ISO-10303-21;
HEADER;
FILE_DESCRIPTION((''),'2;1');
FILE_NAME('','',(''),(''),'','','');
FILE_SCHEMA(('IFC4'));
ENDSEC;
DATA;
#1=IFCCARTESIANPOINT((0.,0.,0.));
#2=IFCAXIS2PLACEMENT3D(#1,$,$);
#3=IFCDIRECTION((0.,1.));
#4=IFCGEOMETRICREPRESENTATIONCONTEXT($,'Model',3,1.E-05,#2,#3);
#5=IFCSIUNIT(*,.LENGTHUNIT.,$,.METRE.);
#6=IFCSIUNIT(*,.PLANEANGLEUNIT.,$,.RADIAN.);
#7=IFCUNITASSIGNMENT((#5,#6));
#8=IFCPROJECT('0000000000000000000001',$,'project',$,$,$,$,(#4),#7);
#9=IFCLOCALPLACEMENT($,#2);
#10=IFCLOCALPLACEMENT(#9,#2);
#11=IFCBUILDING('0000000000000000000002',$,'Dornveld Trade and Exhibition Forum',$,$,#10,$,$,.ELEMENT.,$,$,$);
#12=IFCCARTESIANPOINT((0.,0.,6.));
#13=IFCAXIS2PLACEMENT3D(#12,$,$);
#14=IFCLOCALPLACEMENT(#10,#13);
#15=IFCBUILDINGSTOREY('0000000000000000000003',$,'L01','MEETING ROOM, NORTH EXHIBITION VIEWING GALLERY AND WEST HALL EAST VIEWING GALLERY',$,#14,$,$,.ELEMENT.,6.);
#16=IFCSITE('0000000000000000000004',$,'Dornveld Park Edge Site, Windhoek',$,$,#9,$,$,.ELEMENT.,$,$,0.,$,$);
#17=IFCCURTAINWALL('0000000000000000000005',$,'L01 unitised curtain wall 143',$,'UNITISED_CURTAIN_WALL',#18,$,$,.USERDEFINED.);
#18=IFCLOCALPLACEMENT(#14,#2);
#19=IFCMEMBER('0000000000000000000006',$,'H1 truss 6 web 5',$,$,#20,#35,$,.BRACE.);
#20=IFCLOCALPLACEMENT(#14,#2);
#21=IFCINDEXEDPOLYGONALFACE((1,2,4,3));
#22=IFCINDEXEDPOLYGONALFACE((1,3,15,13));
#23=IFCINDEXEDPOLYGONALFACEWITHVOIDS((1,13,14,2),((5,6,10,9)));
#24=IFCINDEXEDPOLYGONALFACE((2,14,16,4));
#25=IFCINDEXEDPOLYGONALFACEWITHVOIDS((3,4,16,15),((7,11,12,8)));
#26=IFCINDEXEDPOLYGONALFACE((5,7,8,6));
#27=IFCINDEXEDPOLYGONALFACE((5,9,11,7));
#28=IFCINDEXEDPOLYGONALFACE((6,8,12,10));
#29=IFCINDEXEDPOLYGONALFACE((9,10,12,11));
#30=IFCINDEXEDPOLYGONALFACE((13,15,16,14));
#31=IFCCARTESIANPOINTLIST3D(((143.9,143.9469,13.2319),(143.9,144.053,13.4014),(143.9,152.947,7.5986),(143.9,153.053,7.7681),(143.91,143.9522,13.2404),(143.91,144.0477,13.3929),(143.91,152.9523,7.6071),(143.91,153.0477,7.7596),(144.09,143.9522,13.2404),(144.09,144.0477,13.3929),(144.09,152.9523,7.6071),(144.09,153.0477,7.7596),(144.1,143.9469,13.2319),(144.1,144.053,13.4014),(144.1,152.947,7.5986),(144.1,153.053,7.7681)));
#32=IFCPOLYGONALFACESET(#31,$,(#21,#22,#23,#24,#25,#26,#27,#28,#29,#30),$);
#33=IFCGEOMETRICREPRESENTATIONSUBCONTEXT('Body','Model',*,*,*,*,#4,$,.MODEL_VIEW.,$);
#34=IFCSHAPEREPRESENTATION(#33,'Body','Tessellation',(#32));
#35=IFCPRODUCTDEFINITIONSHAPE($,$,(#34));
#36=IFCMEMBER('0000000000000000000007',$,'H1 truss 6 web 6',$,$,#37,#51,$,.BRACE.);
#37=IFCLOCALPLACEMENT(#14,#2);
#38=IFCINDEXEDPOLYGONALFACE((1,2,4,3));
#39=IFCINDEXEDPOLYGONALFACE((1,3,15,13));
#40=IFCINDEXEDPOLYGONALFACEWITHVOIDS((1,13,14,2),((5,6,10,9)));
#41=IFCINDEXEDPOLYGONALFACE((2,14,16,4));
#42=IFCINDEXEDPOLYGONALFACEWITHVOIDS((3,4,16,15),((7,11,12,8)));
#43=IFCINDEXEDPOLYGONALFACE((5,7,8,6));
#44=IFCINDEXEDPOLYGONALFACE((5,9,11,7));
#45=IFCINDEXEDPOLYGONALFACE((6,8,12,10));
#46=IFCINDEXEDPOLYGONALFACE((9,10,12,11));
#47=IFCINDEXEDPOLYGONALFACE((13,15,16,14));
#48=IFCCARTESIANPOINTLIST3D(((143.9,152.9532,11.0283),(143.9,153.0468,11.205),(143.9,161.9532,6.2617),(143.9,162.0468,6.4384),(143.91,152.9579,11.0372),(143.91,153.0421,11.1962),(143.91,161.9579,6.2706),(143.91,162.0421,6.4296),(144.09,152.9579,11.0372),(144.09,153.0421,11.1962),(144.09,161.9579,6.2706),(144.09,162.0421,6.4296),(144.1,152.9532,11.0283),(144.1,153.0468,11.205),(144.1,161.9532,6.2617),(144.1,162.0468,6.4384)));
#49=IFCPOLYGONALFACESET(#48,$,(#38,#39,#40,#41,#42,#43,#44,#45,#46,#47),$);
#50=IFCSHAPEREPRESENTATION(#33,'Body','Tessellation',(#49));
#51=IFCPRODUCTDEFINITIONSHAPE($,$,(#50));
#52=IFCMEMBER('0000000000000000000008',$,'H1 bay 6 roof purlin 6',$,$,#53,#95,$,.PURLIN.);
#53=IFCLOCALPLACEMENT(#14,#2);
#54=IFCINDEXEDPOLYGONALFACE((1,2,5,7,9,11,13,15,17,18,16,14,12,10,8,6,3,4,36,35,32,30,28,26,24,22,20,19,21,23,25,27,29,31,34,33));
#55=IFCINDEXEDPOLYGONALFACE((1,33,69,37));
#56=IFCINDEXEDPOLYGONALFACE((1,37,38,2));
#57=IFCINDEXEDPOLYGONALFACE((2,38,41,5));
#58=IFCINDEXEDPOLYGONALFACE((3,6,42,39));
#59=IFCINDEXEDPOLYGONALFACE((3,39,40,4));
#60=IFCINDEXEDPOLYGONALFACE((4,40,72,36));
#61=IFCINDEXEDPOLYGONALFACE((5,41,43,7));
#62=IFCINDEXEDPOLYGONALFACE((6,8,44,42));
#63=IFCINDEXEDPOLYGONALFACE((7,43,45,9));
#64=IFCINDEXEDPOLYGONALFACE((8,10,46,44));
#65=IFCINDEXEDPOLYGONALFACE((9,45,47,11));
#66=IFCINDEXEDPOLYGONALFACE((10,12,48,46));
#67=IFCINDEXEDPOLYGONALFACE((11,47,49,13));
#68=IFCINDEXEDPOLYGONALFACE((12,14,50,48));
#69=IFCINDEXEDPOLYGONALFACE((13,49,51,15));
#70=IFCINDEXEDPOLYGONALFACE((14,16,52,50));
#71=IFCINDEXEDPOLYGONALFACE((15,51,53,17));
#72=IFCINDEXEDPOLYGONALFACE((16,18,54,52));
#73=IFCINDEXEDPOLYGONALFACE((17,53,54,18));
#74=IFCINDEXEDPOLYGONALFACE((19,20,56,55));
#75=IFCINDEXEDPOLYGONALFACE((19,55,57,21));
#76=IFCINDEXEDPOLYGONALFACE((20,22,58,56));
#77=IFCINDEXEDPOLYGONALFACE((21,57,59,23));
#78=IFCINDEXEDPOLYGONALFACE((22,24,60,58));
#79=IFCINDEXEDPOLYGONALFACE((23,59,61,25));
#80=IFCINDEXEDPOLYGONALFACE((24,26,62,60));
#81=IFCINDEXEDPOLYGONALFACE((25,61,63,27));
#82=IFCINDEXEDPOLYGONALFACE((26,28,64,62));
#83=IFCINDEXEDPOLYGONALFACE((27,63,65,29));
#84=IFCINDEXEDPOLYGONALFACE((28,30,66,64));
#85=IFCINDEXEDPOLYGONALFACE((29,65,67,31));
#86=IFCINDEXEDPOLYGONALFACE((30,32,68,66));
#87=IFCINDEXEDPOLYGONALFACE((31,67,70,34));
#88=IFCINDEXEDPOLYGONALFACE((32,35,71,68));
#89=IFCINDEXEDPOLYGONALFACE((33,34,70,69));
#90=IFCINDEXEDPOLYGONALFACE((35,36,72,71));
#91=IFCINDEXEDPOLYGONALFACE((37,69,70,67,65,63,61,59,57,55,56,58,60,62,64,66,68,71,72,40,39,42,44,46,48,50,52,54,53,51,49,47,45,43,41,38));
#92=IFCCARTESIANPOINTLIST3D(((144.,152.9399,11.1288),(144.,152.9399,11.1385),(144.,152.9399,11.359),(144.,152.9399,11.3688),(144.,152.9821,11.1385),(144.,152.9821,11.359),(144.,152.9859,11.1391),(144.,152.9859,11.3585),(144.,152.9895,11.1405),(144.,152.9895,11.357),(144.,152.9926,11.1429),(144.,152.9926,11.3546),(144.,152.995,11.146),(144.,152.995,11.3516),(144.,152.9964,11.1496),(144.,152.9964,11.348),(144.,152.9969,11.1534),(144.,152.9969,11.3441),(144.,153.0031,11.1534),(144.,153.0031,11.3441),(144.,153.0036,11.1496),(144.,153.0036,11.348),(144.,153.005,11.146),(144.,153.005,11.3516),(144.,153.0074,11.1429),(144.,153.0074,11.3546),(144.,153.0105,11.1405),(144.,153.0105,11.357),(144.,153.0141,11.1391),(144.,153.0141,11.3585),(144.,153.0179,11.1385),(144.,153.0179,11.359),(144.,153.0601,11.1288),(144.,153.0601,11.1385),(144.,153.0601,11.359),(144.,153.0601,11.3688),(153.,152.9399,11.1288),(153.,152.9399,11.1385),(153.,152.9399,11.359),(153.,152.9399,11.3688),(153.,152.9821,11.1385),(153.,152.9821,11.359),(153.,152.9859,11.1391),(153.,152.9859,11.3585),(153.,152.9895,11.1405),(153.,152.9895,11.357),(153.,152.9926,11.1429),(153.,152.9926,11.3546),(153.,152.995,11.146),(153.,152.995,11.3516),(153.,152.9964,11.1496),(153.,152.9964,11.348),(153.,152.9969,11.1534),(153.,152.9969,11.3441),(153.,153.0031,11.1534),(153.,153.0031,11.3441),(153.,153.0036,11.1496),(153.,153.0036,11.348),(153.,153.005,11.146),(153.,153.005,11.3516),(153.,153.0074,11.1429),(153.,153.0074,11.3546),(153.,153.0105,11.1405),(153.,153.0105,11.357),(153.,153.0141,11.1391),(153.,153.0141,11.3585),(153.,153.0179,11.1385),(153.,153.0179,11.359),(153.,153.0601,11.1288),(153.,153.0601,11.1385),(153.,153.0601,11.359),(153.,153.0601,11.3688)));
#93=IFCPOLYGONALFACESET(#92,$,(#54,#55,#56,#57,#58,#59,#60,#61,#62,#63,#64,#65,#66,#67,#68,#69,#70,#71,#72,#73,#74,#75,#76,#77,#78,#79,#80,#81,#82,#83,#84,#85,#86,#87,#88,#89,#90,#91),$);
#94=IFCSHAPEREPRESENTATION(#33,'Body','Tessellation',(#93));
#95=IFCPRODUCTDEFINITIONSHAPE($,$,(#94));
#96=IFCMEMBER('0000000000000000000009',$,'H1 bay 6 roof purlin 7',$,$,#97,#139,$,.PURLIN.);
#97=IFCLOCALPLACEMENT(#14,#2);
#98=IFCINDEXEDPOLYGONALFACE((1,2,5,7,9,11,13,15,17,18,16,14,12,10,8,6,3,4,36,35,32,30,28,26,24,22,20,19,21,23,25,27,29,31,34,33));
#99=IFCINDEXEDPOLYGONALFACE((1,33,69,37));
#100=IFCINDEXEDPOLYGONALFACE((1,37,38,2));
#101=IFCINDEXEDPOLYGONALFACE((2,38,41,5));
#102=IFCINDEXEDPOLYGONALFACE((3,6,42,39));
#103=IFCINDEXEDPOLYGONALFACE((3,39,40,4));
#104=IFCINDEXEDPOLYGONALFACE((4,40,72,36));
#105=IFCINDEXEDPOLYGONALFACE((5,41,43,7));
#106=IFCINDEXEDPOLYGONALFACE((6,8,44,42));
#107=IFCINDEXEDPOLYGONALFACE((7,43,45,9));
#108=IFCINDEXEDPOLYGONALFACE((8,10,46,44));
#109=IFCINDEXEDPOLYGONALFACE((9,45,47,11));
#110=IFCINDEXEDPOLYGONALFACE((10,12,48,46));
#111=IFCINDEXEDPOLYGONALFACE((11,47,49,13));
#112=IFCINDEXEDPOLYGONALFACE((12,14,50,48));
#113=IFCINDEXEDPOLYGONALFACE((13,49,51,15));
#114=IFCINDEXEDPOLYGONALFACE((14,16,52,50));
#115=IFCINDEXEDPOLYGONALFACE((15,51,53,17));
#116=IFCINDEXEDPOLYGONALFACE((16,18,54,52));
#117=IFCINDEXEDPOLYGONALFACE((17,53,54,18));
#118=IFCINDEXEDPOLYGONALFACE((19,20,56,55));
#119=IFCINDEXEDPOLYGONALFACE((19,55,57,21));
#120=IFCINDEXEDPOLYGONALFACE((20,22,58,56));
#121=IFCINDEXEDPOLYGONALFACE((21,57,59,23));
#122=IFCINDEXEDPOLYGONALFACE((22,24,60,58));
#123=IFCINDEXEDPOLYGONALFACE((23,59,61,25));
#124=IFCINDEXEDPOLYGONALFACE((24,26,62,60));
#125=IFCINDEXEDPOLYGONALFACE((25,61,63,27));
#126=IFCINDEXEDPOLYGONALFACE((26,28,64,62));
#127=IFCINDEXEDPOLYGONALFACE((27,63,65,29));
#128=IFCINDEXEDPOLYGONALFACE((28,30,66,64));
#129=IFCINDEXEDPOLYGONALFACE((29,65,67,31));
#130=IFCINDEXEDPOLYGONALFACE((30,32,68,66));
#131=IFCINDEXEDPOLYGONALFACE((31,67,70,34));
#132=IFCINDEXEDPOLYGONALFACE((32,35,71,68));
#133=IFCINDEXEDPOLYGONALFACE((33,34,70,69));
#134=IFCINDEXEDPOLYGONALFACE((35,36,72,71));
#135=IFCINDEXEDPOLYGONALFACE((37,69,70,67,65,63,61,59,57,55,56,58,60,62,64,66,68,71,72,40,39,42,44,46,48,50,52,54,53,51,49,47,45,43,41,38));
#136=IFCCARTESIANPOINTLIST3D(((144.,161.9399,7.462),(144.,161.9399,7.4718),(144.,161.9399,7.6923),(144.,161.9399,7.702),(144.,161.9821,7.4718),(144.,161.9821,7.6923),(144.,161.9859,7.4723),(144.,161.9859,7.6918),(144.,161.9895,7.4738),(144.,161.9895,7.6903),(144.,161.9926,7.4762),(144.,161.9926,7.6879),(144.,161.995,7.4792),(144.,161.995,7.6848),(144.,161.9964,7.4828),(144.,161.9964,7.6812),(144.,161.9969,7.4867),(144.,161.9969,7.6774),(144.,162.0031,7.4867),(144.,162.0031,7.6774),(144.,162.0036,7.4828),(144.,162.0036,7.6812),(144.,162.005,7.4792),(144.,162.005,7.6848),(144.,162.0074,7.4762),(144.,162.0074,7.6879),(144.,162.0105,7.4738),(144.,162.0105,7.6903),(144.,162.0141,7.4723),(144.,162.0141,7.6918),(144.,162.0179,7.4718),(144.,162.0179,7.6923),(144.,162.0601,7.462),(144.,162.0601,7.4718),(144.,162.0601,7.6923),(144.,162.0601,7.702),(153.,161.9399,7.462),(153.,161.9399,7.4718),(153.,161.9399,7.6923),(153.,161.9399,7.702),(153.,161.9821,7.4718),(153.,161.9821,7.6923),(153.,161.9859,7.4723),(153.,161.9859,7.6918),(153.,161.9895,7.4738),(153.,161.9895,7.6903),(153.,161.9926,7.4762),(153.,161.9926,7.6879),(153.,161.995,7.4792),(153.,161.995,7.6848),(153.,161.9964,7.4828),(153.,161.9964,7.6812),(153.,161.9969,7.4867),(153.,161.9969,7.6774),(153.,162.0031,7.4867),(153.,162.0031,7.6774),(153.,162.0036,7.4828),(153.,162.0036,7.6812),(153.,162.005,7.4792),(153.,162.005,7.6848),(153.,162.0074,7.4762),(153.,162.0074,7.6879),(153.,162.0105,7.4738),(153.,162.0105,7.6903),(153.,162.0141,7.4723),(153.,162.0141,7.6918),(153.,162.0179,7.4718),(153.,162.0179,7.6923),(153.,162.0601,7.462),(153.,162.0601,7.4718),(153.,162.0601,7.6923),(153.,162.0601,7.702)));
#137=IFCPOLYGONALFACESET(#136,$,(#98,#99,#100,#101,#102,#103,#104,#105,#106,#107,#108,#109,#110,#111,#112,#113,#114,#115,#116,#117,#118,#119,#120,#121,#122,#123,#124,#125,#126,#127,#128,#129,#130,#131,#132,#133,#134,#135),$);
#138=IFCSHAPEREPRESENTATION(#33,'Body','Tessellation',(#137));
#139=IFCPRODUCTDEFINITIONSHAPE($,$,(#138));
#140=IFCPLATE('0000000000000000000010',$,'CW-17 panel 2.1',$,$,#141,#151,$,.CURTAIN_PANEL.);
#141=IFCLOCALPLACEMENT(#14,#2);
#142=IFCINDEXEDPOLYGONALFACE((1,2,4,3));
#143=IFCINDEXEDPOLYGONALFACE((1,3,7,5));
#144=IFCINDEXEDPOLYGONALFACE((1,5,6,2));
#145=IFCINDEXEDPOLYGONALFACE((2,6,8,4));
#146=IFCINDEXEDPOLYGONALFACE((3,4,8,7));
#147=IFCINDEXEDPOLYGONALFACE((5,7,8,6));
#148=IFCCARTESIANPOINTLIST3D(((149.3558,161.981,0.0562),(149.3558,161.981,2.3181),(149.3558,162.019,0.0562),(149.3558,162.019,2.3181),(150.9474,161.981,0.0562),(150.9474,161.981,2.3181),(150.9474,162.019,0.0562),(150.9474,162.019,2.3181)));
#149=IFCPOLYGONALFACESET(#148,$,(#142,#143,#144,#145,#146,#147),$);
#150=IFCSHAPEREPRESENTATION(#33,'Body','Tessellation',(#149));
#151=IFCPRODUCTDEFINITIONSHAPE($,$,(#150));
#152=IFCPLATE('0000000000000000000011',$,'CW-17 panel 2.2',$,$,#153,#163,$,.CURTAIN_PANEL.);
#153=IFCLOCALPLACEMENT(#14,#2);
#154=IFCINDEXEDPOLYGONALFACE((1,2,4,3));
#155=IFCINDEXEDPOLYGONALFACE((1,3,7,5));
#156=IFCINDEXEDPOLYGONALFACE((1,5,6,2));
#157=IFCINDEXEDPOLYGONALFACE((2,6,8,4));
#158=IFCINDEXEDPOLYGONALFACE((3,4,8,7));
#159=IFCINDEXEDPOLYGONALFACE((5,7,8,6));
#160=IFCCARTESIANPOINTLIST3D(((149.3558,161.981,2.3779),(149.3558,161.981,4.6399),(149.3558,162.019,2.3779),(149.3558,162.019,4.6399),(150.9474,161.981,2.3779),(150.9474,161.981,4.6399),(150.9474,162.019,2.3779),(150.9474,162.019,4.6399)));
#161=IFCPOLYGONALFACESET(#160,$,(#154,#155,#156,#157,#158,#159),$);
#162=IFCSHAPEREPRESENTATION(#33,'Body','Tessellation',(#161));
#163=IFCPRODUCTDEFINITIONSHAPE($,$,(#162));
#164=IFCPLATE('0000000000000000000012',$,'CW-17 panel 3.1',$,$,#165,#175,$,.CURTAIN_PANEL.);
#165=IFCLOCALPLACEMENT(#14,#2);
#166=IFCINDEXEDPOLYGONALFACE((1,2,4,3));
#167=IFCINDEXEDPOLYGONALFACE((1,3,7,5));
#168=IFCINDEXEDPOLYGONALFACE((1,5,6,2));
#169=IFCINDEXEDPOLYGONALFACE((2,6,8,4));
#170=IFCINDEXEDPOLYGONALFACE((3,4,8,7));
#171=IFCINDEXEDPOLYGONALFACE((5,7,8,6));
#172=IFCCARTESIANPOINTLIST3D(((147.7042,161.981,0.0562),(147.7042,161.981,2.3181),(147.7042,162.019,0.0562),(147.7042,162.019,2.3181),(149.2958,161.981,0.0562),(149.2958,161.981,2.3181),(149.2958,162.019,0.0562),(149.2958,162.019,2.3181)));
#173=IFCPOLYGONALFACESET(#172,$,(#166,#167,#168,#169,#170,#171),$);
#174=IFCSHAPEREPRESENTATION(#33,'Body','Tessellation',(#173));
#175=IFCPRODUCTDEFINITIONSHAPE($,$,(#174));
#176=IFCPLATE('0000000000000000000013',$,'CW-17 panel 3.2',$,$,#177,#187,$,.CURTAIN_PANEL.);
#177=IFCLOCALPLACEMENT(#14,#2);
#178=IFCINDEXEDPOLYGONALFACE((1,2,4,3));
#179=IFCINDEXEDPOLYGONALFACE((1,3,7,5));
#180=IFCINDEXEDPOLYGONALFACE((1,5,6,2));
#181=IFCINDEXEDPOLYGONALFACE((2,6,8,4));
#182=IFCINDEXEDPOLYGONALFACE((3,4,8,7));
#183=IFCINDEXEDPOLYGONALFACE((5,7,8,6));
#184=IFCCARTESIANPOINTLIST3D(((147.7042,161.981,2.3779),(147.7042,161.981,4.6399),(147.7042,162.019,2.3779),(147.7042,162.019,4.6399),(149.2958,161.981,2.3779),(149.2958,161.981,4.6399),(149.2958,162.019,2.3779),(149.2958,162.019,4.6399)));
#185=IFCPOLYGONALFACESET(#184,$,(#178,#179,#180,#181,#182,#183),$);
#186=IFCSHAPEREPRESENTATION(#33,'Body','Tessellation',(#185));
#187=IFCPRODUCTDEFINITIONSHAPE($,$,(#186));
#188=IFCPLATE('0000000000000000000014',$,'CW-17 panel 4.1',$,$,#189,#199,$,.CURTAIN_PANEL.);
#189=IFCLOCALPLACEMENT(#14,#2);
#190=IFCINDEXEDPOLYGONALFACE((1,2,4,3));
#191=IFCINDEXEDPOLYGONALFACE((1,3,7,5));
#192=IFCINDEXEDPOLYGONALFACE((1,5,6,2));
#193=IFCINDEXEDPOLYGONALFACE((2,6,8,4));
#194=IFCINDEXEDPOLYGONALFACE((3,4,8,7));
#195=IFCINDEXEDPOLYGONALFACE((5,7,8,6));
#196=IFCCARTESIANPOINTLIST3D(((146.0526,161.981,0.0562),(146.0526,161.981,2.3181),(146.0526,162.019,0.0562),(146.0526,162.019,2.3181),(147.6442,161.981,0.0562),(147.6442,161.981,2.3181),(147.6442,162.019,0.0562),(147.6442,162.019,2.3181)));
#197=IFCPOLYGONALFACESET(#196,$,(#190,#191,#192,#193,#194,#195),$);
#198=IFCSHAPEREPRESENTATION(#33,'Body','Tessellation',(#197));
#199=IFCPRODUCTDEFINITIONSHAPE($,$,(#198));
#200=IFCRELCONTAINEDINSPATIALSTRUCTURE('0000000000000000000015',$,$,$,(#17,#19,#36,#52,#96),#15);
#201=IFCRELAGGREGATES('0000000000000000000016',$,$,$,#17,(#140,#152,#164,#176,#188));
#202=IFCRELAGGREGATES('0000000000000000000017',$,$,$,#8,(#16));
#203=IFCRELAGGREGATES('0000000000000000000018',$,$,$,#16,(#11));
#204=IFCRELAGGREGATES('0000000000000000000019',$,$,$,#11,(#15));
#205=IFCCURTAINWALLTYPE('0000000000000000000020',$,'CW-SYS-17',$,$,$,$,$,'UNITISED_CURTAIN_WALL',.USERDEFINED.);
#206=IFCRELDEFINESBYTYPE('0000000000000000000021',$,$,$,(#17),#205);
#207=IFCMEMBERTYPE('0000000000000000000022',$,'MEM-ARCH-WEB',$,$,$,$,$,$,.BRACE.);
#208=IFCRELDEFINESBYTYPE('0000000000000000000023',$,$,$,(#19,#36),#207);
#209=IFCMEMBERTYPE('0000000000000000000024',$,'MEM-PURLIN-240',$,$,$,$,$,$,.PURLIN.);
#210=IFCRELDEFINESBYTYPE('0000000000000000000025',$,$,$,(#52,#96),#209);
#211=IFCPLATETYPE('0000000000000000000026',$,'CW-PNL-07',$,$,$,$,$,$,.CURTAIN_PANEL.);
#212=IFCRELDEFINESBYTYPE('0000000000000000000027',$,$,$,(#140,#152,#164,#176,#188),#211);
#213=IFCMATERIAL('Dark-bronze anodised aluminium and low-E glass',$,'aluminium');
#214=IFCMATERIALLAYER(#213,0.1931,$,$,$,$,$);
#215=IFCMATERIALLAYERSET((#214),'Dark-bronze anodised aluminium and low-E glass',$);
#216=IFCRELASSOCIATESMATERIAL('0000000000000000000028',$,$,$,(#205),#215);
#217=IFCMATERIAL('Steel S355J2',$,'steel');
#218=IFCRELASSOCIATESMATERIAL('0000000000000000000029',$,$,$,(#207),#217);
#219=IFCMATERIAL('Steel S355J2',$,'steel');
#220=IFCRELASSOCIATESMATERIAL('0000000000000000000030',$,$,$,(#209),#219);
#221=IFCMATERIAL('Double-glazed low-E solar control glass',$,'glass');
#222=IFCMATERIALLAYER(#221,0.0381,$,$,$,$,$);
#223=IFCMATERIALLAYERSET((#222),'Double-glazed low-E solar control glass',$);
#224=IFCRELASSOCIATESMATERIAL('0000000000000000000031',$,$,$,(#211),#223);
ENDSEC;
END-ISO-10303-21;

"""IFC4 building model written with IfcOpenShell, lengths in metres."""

from ifc_helpers import new_model, si_unit, direction, frame, origin, origin_2d, place, context, subcontext, project, spatial, rectangle, hollow_rectangle, i_section, extrude, material, layer, layer_set, material_profile, profile_set, type_object, element, aggregate, save


model = new_model("IFC4")

# Units and contexts
model_context = context("Model", 3, precision=1e-05, world=origin(), true_north=direction((0.0, 1.0)))
body_context = subcontext(model_context, "Body", "Model", "MODEL_VIEW")
ifc_project = project(units=[si_unit("LENGTHUNIT", "METRE"), si_unit("PLANEANGLEUNIT", "RADIAN")], contexts=[model_context])

# Site, building, storey
site_placement = place(None, origin())
site = spatial("IfcSite", under=ifc_project, at=site_placement, Name="Dornveld Park Edge Site, Windhoek", CompositionType="ELEMENT", RefElevation=0.0)
building_placement = place(site_placement, origin())
building = spatial("IfcBuilding", under=site, at=building_placement, Name="Dornveld Trade and Exhibition Forum", CompositionType="ELEMENT")
storey_placement = place(building_placement, frame((0.0, 0.0, 6.0)))
storey = spatial("IfcBuildingStorey", under=building, at=storey_placement, Name="L01", Description="MEETING ROOM, NORTH EXHIBITION VIEWING GALLERY AND WEST HALL EAST VIEWING GALLERY", CompositionType="ELEMENT", Elevation=6.0)

# Curtain wall
ifc_material_1 = material(Name="Dark-bronze anodised aluminium and low-E glass", Category="aluminium")
ifc_layer_1 = layer(ifc_material_1, 0.1931)
ifc_layer_set_1 = layer_set([ifc_layer_1], Name="Dark-bronze anodised aluminium and low-E glass")
curtain_wall_type = type_object("IfcCurtainWallType", Name="CW-SYS-17", ElementType="UNITISED_CURTAIN_WALL", PredefinedType="USERDEFINED", material=ifc_layer_set_1)
curtain_wall_placement = place(storey_placement, origin())
curtain_wall = element("IfcCurtainWall", 1, at=curtain_wall_placement, inside=storey, type_object=curtain_wall_type, Name="L01 unitised curtain wall 143", ObjectType="UNITISED_CURTAIN_WALL", PredefinedType="USERDEFINED")

# Members
ifc_material_2 = material(Name="Steel S355J2", Category="steel")
ifc_material_profile_1 = material_profile(ifc_material_2, hollow_rectangle(XDim=0.2, YDim=0.2, WallThickness=0.01, at=origin_2d()), Name="SHS 200x200x10")
ifc_profile_set_1 = profile_set([ifc_material_profile_1], Name="Steel S355J2")
member_type_1 = type_object("IfcMemberType", Name="MEM-ARCH-WEB", PredefinedType="BRACE", material=ifc_profile_set_1)
member_1_placement = place(storey_placement, frame((144.0, 153.0, 7.6833), z_axis=(0.0, -0.847647, 0.530561), x_axis=(1.0, 0.0, 0.0)))
element("IfcMember", 2, at=member_1_placement, inside=storey, type_object=member_type_1, Name="H1 truss 6 web 5", PredefinedType="BRACE", context=body_context, shape_type="SweptSolid", body=[
    extrude(hollow_rectangle(XDim=0.2, YDim=0.2, WallThickness=0.01, at=origin_2d()), origin(), (0.0, 0.0, 1.0), 10.6177),
])
member_2_placement = place(storey_placement, frame((144.0, 162.0, 6.3501), z_axis=(0.0, -0.883711, 0.468033), x_axis=(1.0, 0.0, 0.0)))
element("IfcMember", 3, at=member_2_placement, inside=storey, type_object=member_type_1, Name="H1 truss 6 web 6", PredefinedType="BRACE", context=body_context, shape_type="SweptSolid", body=[
    extrude(hollow_rectangle(XDim=0.2, YDim=0.2, WallThickness=0.01, at=origin_2d()), origin(), (0.0, 0.0, 1.0), 10.1843),
])
ifc_material_3 = material(Name="Steel S355J2", Category="steel")
ifc_material_profile_2 = material_profile(ifc_material_3, i_section(OverallWidth=0.1201, OverallDepth=0.24, WebThickness=0.0061, FlangeThickness=0.0098, FilletRadius=0.0149, at=origin_2d()), Name="IPE 240")
ifc_profile_set_2 = profile_set([ifc_material_profile_2], Name="Steel S355J2")
member_type_2 = type_object("IfcMemberType", Name="MEM-PURLIN-240", PredefinedType="PURLIN", material=ifc_profile_set_2)
for number, where, z_axis, x_axis, name in (
    (4, (144.0, 153.0, 11.2488), (1.0, 0.0, 0.0), (0.0, 1.0, 0.0), "H1 bay 6 roof purlin 6"),
    (5, (144.0, 162.0, 7.582), (1.0, 0.0, 0.0), (0.0, 1.0, 0.0), "H1 bay 6 roof purlin 7"),
):
    element("IfcMember", number, at=place(storey_placement, frame(where, z_axis=z_axis, x_axis=x_axis)), inside=storey, type_object=member_type_2, Name=name, PredefinedType="PURLIN", context=body_context, shape_type="SweptSolid", body=[
        extrude(i_section(OverallWidth=0.1201, OverallDepth=0.24, WebThickness=0.0061, FlangeThickness=0.0098, FilletRadius=0.0149, at=origin_2d()), origin(), (0.0, 0.0, 1.0), 9.0),
    ])

# Plates
ifc_material_4 = material(Name="Double-glazed low-E solar control glass", Category="glass")
ifc_layer_2 = layer(ifc_material_4, 0.0381)
ifc_layer_set_2 = layer_set([ifc_layer_2], Name="Double-glazed low-E solar control glass")
plate_type_1 = type_object("IfcPlateType", Name="CW-PNL-07", PredefinedType="CURTAIN_PANEL", material=ifc_layer_set_2)
plate_1_placement = place(storey_placement, frame((150.1516, 162.0, 0.0562), z_axis=(0.0, 0.0, 1.0), x_axis=(-1.0, 0.0, 0.0)))
plate_1 = element("IfcPlate", 6, at=plate_1_placement, type_object=plate_type_1, Name="CW-17 panel 2.1", PredefinedType="CURTAIN_PANEL", context=body_context, shape_type="SweptSolid", body=[
    extrude(rectangle(XDim=1.5916, YDim=0.0381, at=origin_2d()), origin(), (0.0, 0.0, 1.0), 2.262),
])
plate_2_placement = place(storey_placement, frame((150.1516, 162.0, 2.3779), z_axis=(0.0, 0.0, 1.0), x_axis=(-1.0, 0.0, 0.0)))
plate_2 = element("IfcPlate", 7, at=plate_2_placement, type_object=plate_type_1, Name="CW-17 panel 2.2", PredefinedType="CURTAIN_PANEL", context=body_context, shape_type="SweptSolid", body=[
    extrude(rectangle(XDim=1.5916, YDim=0.0381, at=origin_2d()), origin(), (0.0, 0.0, 1.0), 2.262),
])
plate_3_placement = place(storey_placement, frame((148.5, 162.0, 0.0562), z_axis=(0.0, 0.0, 1.0), x_axis=(-1.0, 0.0, 0.0)))
plate_3 = element("IfcPlate", 8, at=plate_3_placement, type_object=plate_type_1, Name="CW-17 panel 3.1", PredefinedType="CURTAIN_PANEL", context=body_context, shape_type="SweptSolid", body=[
    extrude(rectangle(XDim=1.5916, YDim=0.0381, at=origin_2d()), origin(), (0.0, 0.0, 1.0), 2.262),
])
plate_4_placement = place(storey_placement, frame((148.5, 162.0, 2.3779), z_axis=(0.0, 0.0, 1.0), x_axis=(-1.0, 0.0, 0.0)))
plate_4 = element("IfcPlate", 9, at=plate_4_placement, type_object=plate_type_1, Name="CW-17 panel 3.2", PredefinedType="CURTAIN_PANEL", context=body_context, shape_type="SweptSolid", body=[
    extrude(rectangle(XDim=1.5916, YDim=0.0381, at=origin_2d()), origin(), (0.0, 0.0, 1.0), 2.262),
])
plate_5_placement = place(storey_placement, frame((146.8484, 162.0, 0.0562), z_axis=(0.0, 0.0, 1.0), x_axis=(-1.0, 0.0, 0.0)))
plate_5 = element("IfcPlate", 10, at=plate_5_placement, type_object=plate_type_1, Name="CW-17 panel 4.1", PredefinedType="CURTAIN_PANEL", context=body_context, shape_type="SweptSolid", body=[
    extrude(rectangle(XDim=1.5916, YDim=0.0381, at=origin_2d()), origin(), (0.0, 0.0, 1.0), 2.262),
])
aggregate(curtain_wall, [plate_1, plate_2, plate_3, plate_4, plate_5])

save(model, "model.ifc")
